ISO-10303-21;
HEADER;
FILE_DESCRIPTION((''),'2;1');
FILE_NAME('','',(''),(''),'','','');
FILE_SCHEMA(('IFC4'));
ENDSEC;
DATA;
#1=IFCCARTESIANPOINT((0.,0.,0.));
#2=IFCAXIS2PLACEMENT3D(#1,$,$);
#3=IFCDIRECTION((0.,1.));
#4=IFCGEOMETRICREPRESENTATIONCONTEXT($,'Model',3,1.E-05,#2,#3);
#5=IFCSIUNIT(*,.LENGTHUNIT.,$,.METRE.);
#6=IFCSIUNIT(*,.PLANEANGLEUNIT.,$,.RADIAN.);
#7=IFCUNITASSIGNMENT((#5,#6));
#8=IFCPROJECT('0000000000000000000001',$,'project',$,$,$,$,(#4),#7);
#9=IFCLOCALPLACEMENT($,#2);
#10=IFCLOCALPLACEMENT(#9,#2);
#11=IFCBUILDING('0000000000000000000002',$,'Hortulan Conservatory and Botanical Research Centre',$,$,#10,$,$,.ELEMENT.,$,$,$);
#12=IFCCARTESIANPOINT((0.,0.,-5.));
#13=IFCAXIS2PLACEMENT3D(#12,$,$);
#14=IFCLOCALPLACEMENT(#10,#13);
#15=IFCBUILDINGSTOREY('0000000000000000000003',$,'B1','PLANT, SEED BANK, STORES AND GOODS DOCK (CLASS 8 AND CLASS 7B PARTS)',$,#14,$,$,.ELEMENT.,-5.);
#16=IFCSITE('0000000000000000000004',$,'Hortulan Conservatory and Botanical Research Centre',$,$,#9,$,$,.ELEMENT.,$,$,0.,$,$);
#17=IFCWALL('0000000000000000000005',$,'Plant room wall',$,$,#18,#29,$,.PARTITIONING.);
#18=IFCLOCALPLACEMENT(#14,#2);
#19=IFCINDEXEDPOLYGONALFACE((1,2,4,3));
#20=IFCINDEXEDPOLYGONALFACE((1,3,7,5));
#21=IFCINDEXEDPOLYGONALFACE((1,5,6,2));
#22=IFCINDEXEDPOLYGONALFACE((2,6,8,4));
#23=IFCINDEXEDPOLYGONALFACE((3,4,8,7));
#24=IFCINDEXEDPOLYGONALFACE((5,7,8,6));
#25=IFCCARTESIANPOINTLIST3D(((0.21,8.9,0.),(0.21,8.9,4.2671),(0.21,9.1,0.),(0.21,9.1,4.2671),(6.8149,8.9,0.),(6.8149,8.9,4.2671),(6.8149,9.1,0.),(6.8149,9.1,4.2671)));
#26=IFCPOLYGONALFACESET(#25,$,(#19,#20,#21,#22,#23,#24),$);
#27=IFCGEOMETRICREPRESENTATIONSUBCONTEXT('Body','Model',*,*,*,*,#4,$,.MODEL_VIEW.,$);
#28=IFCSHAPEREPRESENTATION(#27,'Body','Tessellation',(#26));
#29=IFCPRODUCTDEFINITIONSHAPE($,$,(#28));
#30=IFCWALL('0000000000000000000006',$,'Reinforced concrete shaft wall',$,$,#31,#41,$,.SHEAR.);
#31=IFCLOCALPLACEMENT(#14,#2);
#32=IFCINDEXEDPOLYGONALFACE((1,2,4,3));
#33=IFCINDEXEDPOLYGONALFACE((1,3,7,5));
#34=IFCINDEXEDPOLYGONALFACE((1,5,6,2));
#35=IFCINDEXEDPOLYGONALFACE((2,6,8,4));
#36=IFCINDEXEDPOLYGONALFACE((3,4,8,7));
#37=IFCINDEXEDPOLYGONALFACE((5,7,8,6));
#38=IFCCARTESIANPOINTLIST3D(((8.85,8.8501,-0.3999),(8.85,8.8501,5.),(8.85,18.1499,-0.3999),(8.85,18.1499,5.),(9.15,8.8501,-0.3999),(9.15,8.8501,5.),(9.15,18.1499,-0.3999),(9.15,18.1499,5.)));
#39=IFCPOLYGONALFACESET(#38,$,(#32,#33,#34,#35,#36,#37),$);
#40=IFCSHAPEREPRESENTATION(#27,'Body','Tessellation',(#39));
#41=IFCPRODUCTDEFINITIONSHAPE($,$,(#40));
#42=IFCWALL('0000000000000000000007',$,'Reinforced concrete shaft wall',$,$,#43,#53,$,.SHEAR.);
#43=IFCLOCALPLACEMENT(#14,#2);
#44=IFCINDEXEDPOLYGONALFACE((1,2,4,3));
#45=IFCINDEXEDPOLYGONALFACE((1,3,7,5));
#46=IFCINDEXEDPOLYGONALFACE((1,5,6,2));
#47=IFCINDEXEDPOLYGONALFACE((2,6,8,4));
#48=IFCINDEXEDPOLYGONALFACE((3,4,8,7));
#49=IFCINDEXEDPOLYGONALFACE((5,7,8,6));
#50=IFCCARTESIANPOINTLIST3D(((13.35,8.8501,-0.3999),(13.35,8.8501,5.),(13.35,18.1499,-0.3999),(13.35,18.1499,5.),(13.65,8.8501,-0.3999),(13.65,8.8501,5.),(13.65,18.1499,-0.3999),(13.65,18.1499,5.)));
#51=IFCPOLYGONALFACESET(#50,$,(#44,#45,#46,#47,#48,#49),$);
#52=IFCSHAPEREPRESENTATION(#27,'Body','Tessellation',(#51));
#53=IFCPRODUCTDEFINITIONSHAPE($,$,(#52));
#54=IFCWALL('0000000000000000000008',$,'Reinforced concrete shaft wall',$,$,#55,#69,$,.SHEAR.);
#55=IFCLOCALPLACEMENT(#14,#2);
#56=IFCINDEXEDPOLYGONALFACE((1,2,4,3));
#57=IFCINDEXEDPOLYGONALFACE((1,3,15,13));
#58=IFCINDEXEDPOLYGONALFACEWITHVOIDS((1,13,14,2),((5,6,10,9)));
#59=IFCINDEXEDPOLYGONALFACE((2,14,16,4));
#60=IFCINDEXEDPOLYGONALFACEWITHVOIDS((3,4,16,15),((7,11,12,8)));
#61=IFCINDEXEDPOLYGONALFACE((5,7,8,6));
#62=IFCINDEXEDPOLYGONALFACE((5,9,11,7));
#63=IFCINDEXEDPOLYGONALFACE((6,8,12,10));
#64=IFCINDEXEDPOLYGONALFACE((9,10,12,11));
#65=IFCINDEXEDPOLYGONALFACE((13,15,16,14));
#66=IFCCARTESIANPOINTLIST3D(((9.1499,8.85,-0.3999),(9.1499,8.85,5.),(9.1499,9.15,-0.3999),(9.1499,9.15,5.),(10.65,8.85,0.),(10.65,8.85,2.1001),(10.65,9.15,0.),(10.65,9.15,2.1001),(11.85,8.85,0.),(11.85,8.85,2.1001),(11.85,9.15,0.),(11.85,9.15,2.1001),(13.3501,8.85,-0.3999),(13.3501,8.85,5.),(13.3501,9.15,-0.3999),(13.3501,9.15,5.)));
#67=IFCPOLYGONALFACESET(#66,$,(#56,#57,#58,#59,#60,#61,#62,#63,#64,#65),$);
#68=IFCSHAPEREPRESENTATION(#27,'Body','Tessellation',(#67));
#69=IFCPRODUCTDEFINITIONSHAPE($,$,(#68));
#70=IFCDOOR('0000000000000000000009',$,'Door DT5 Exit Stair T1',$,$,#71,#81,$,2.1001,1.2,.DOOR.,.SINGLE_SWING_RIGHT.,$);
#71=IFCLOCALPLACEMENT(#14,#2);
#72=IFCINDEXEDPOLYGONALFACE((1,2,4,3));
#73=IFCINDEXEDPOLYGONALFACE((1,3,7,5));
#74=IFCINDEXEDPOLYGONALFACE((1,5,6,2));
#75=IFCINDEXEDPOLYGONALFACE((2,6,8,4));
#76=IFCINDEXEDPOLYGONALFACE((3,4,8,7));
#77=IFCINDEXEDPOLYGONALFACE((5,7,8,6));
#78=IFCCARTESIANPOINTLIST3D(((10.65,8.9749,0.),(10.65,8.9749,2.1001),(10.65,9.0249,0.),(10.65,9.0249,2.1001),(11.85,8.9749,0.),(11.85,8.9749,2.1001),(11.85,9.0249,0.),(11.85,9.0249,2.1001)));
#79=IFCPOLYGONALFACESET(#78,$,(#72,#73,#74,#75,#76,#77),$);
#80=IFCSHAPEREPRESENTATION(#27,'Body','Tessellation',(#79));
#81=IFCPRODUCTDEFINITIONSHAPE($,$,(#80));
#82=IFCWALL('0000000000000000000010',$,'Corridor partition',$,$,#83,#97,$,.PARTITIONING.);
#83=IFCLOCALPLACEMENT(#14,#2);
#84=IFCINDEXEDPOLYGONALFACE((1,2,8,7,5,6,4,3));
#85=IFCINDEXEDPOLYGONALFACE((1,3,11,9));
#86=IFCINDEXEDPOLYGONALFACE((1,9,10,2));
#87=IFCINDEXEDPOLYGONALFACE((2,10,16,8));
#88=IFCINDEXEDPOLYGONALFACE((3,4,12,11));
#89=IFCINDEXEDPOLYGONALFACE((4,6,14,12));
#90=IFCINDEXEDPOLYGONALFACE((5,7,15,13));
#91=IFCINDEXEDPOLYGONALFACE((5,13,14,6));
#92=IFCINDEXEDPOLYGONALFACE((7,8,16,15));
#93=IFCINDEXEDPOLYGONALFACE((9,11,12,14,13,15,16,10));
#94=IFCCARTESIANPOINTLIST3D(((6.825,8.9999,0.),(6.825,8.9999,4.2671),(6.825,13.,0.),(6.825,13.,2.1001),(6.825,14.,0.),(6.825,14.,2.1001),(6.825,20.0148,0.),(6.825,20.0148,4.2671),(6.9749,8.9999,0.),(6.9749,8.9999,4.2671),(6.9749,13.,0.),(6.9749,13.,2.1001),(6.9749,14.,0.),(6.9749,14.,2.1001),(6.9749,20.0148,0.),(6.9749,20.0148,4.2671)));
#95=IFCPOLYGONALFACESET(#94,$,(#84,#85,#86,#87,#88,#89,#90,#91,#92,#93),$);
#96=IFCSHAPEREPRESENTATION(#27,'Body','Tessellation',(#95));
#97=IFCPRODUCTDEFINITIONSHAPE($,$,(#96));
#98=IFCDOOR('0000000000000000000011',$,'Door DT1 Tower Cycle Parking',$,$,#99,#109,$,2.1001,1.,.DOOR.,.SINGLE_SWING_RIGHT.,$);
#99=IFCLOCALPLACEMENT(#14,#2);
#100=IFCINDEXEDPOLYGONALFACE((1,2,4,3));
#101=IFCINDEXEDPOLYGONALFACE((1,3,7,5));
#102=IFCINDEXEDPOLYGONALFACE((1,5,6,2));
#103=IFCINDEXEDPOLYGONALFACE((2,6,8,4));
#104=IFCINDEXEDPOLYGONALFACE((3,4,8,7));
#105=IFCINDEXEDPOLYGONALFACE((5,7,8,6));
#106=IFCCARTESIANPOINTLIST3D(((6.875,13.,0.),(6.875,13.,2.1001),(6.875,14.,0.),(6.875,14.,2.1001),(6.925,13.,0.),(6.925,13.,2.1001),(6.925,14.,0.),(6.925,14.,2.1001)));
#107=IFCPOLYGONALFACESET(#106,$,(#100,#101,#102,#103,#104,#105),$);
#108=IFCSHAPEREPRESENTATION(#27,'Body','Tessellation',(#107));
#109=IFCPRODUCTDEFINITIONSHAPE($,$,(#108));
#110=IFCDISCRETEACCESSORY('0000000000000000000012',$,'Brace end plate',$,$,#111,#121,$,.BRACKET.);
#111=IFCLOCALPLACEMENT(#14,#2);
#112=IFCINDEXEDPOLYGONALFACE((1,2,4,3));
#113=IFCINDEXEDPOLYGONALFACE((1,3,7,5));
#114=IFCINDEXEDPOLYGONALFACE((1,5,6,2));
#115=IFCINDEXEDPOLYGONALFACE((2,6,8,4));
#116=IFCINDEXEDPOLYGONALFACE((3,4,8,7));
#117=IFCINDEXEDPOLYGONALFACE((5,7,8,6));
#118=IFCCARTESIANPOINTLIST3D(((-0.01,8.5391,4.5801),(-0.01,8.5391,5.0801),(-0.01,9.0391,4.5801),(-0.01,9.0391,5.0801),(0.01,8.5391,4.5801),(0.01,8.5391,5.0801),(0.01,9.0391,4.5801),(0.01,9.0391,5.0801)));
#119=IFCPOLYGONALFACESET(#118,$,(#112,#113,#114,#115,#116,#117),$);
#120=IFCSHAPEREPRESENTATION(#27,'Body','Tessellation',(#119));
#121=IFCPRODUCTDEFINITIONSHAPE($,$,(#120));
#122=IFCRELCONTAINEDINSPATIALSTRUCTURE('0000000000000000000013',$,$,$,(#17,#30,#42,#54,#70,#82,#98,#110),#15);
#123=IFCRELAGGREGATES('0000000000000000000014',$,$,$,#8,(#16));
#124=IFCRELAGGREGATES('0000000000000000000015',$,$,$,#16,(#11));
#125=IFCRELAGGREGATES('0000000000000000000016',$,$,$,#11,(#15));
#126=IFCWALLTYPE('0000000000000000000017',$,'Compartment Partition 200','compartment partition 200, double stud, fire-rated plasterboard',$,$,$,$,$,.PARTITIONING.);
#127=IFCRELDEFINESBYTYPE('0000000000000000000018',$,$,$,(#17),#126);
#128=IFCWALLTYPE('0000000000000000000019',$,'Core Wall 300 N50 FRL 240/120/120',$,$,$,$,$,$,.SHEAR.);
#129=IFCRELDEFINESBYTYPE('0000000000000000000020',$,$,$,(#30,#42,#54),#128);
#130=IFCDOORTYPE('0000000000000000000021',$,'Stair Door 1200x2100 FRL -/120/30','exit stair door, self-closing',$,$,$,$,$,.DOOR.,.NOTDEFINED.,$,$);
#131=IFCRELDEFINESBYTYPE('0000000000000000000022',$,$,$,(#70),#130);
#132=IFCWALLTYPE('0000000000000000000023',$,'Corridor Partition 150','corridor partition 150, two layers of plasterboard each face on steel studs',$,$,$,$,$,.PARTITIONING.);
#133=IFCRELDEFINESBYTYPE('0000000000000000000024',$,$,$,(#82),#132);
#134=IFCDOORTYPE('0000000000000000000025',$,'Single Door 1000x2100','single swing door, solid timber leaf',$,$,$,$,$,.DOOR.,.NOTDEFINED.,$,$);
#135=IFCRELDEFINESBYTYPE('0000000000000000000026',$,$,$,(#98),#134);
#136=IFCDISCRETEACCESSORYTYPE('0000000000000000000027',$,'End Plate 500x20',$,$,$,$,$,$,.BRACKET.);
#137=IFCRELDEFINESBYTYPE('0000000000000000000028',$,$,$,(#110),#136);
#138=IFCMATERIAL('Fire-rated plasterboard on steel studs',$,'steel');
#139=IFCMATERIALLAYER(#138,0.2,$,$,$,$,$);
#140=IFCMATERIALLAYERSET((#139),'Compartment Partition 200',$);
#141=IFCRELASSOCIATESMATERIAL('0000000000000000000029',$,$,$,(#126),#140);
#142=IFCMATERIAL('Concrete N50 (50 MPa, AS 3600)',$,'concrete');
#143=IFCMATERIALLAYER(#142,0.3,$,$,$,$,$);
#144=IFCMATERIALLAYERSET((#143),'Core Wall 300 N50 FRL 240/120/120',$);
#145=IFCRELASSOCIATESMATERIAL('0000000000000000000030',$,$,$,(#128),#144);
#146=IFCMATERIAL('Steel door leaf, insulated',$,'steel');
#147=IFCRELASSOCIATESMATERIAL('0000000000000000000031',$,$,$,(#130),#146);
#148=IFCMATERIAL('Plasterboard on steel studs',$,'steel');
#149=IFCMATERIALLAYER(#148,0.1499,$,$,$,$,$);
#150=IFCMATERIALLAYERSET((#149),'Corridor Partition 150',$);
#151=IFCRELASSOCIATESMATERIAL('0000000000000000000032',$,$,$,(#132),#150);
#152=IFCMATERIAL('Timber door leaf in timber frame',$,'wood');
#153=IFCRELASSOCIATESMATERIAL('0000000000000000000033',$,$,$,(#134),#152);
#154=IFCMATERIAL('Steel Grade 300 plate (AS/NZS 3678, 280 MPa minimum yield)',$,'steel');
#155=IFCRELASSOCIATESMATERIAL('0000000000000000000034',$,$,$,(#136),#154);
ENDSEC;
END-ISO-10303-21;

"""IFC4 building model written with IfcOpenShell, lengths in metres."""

from ifc_helpers import new_model, si_unit, direction, frame, frame_2d, origin, origin_2d, place, context, subcontext, project, spatial, rectangle, extrude, material, layer, layer_set, type_object, element, fill, save


model = new_model("IFC4")

# Units and contexts
model_context = context("Model", 3, precision=1e-05, world=origin(), true_north=direction((0.0, 1.0)))
body_context = subcontext(model_context, "Body", "Model", "MODEL_VIEW")
ifc_project = project(units=[si_unit("LENGTHUNIT", "METRE"), si_unit("PLANEANGLEUNIT", "RADIAN")], contexts=[model_context])

# Site, building, storey
site_placement = place(None, origin())
site = spatial("IfcSite", under=ifc_project, at=site_placement, Name="Hortulan Conservatory and Botanical Research Centre", CompositionType="ELEMENT", RefElevation=0.0)
building_placement = place(site_placement, origin())
building = spatial("IfcBuilding", under=site, at=building_placement, Name="Hortulan Conservatory and Botanical Research Centre", CompositionType="ELEMENT")
storey_placement = place(building_placement, frame((0.0, 0.0, -5.0)))
storey = spatial("IfcBuildingStorey", under=building, at=storey_placement, Name="B1", Description="PLANT, SEED BANK, STORES AND GOODS DOCK (CLASS 8 AND CLASS 7B PARTS)", CompositionType="ELEMENT", Elevation=-5.0)

# Shared definitions
ifc_material_1 = material(Name="Fire-rated plasterboard on steel studs", Category="steel")
ifc_layer_1 = layer(ifc_material_1, 0.2)
ifc_layer_set_1 = layer_set([ifc_layer_1], Name="Compartment Partition 200")
wall_type_1 = type_object("IfcWallType", Name="Compartment Partition 200", Description="compartment partition 200, double stud, fire-rated plasterboard", PredefinedType="PARTITIONING", material=ifc_layer_set_1)

# Shared definitions
ifc_material_2 = material(Name="Steel door leaf, insulated", Category="steel")

# Walls
wall_1_placement = place(storey_placement, frame((0.21, 9.0, 0.0), z_axis=(0.0, 0.0, 1.0), x_axis=(1.0, 0.0, 0.0)))
element("IfcWall", 1, at=wall_1_placement, inside=storey, type_object=wall_type_1, Name="Plant room wall", PredefinedType="PARTITIONING", context=body_context, shape_type="SweptSolid", body=[
    extrude(rectangle(XDim=6.605, YDim=0.2, at=frame_2d((3.3025, 0.0))), origin(), (0.0, 0.0, 1.0), 4.2671),
])
ifc_material_3 = material(Name="Concrete N50 (50 MPa, AS 3600)", Category="concrete")
ifc_layer_2 = layer(ifc_material_3, 0.3)
ifc_layer_set_2 = layer_set([ifc_layer_2], Name="Core Wall 300 N50 FRL 240/120/120")
wall_type_2 = type_object("IfcWallType", Name="Core Wall 300 N50 FRL 240/120/120", PredefinedType="SHEAR", material=ifc_layer_set_2)
for number, where, z_axis, x_axis, name in (
    (2, (9.0, 8.8501, -0.3999), (0.0, 0.0, 1.0), (0.0, 1.0, 0.0), "Reinforced concrete shaft wall"),
    (3, (13.5, 8.8501, -0.3999), (0.0, 0.0, 1.0), (0.0, 1.0, 0.0), "Reinforced concrete shaft wall"),
):
    element("IfcWall", number, at=place(storey_placement, frame(where, z_axis=z_axis, x_axis=x_axis)), inside=storey, type_object=wall_type_2, Name=name, PredefinedType="SHEAR", context=body_context, shape_type="SweptSolid", body=[
        extrude(rectangle(XDim=9.2998, YDim=0.3, at=frame_2d((4.6499, 0.0))), origin(), (0.0, 0.0, 1.0), 5.3999),
    ])

# Walls, openings, doors
wall_2_placement = place(storey_placement, frame((9.1499, 9.0, -0.3999), z_axis=(0.0, 0.0, 1.0), x_axis=(1.0, 0.0, 0.0)))
wall_2 = element("IfcWall", 4, at=wall_2_placement, inside=storey, type_object=wall_type_2, Name="Reinforced concrete shaft wall", PredefinedType="SHEAR", context=body_context, shape_type="SweptSolid", body=[
    extrude(rectangle(XDim=4.2002, YDim=0.3, at=frame_2d((2.1001, 0.0))), origin(), (0.0, 0.0, 1.0), 5.3999),
])
opening_1_placement = place(wall_2_placement, frame((1.5, 0.0, 0.3999)))
opening_1 = element("IfcOpeningElement", 5, at=opening_1_placement, cuts=wall_2, PredefinedType="OPENING", context=body_context, shape_type="SweptSolid", body=[
    extrude(rectangle(XDim=1.2, YDim=2.1001, at=frame_2d((0.6001, 1.05))), frame((0.0, 0.1599, 0.0), z_axis=(0.0, -1.0, 0.0), x_axis=(1.0, 0.0, 0.0)), (0.0, 0.0, 1.0), 0.3201),
])
door_type_1 = type_object("IfcDoorType", Name="Stair Door 1200x2100 FRL -/120/30", Description="exit stair door, self-closing", OperationType="NOTDEFINED", PredefinedType="DOOR", material=ifc_material_2)
door_1_placement = place(opening_1_placement, origin())
door_1 = element("IfcDoor", 6, at=door_1_placement, inside=storey, type_object=door_type_1, Name="Door DT5 Exit Stair T1", OperationType="SINGLE_SWING_RIGHT", OverallHeight=2.1001, OverallWidth=1.2, PredefinedType="DOOR", context=body_context, shape_type="SweptSolid", body=[
    extrude(rectangle(XDim=1.2, YDim=2.1001, at=frame_2d((0.6001, 1.05))), frame((0.0, 0.0249, 0.0), z_axis=(0.0, -1.0, 0.0), x_axis=(1.0, 0.0, 0.0)), (0.0, 0.0, 1.0), 0.05),
])
fill(opening_1, door_1)
ifc_material_4 = material(Name="Plasterboard on steel studs", Category="steel")
ifc_layer_3 = layer(ifc_material_4, 0.1499)
ifc_layer_set_3 = layer_set([ifc_layer_3], Name="Corridor Partition 150")
wall_type_3 = type_object("IfcWallType", Name="Corridor Partition 150", Description="corridor partition 150, two layers of plasterboard each face on steel studs", PredefinedType="PARTITIONING", material=ifc_layer_set_3)
wall_3_placement = place(storey_placement, frame((6.8999, 9.0, 0.0), z_axis=(0.0, 0.0, 1.0), x_axis=(0.0, 1.0, 0.0)))
wall_3 = element("IfcWall", 7, at=wall_3_placement, inside=storey, type_object=wall_type_3, Name="Corridor partition", PredefinedType="PARTITIONING", context=body_context, shape_type="SweptSolid", body=[
    extrude(rectangle(XDim=11.0149, YDim=0.1499, at=frame_2d((5.5073, 0.0))), origin(), (0.0, 0.0, 1.0), 4.2671),
])
opening_2_placement = place(wall_3_placement, frame((4.0, 0.0, 0.0)))
opening_2 = element("IfcOpeningElement", 8, at=opening_2_placement, cuts=wall_3, PredefinedType="OPENING", context=body_context, shape_type="SweptSolid", body=[
    extrude(rectangle(XDim=1.0, YDim=2.1001, at=frame_2d((0.5, 1.05))), frame((0.0, 0.085, 0.0), z_axis=(0.0, -1.0, 0.0), x_axis=(1.0, 0.0, 0.0)), (0.0, 0.0, 1.0), 0.1699),
])
ifc_material_5 = material(Name="Timber door leaf in timber frame", Category="wood")
door_type_2 = type_object("IfcDoorType", Name="Single Door 1000x2100", Description="single swing door, solid timber leaf", OperationType="NOTDEFINED", PredefinedType="DOOR", material=ifc_material_5)
door_2_placement = place(opening_2_placement, origin())
door_2 = element("IfcDoor", 9, at=door_2_placement, inside=storey, type_object=door_type_2, Name="Door DT1 Tower Cycle Parking", OperationType="SINGLE_SWING_RIGHT", OverallHeight=2.1001, OverallWidth=1.0, PredefinedType="DOOR", context=body_context, shape_type="SweptSolid", body=[
    extrude(rectangle(XDim=1.0, YDim=2.1001, at=frame_2d((0.5, 1.05))), frame((0.0, 0.0249, 0.0), z_axis=(0.0, -1.0, 0.0), x_axis=(1.0, 0.0, 0.0)), (0.0, 0.0, 1.0), 0.05),
])
fill(opening_2, door_2)

# Discrete accessory
ifc_material_6 = material(Name="Steel Grade 300 plate (AS/NZS 3678, 280 MPa minimum yield)", Category="steel")
discrete_accessory_type = type_object("IfcDiscreteAccessoryType", Name="End Plate 500x20", PredefinedType="BRACKET", material=ifc_material_6)
discrete_accessory_placement = place(storey_placement, frame((0.0, 8.7891, 4.5801), z_axis=(0.0, 0.0, 1.0), x_axis=(0.0, -1.0, 0.0)))
element("IfcDiscreteAccessory", 10, at=discrete_accessory_placement, inside=storey, type_object=discrete_accessory_type, Name="Brace end plate", PredefinedType="BRACKET", context=body_context, shape_type="SweptSolid", body=[
    extrude(rectangle(XDim=0.5, YDim=0.02, at=origin_2d()), origin(), (0.0, 0.0, 1.0), 0.5),
])

save(model, "model.ifc")
